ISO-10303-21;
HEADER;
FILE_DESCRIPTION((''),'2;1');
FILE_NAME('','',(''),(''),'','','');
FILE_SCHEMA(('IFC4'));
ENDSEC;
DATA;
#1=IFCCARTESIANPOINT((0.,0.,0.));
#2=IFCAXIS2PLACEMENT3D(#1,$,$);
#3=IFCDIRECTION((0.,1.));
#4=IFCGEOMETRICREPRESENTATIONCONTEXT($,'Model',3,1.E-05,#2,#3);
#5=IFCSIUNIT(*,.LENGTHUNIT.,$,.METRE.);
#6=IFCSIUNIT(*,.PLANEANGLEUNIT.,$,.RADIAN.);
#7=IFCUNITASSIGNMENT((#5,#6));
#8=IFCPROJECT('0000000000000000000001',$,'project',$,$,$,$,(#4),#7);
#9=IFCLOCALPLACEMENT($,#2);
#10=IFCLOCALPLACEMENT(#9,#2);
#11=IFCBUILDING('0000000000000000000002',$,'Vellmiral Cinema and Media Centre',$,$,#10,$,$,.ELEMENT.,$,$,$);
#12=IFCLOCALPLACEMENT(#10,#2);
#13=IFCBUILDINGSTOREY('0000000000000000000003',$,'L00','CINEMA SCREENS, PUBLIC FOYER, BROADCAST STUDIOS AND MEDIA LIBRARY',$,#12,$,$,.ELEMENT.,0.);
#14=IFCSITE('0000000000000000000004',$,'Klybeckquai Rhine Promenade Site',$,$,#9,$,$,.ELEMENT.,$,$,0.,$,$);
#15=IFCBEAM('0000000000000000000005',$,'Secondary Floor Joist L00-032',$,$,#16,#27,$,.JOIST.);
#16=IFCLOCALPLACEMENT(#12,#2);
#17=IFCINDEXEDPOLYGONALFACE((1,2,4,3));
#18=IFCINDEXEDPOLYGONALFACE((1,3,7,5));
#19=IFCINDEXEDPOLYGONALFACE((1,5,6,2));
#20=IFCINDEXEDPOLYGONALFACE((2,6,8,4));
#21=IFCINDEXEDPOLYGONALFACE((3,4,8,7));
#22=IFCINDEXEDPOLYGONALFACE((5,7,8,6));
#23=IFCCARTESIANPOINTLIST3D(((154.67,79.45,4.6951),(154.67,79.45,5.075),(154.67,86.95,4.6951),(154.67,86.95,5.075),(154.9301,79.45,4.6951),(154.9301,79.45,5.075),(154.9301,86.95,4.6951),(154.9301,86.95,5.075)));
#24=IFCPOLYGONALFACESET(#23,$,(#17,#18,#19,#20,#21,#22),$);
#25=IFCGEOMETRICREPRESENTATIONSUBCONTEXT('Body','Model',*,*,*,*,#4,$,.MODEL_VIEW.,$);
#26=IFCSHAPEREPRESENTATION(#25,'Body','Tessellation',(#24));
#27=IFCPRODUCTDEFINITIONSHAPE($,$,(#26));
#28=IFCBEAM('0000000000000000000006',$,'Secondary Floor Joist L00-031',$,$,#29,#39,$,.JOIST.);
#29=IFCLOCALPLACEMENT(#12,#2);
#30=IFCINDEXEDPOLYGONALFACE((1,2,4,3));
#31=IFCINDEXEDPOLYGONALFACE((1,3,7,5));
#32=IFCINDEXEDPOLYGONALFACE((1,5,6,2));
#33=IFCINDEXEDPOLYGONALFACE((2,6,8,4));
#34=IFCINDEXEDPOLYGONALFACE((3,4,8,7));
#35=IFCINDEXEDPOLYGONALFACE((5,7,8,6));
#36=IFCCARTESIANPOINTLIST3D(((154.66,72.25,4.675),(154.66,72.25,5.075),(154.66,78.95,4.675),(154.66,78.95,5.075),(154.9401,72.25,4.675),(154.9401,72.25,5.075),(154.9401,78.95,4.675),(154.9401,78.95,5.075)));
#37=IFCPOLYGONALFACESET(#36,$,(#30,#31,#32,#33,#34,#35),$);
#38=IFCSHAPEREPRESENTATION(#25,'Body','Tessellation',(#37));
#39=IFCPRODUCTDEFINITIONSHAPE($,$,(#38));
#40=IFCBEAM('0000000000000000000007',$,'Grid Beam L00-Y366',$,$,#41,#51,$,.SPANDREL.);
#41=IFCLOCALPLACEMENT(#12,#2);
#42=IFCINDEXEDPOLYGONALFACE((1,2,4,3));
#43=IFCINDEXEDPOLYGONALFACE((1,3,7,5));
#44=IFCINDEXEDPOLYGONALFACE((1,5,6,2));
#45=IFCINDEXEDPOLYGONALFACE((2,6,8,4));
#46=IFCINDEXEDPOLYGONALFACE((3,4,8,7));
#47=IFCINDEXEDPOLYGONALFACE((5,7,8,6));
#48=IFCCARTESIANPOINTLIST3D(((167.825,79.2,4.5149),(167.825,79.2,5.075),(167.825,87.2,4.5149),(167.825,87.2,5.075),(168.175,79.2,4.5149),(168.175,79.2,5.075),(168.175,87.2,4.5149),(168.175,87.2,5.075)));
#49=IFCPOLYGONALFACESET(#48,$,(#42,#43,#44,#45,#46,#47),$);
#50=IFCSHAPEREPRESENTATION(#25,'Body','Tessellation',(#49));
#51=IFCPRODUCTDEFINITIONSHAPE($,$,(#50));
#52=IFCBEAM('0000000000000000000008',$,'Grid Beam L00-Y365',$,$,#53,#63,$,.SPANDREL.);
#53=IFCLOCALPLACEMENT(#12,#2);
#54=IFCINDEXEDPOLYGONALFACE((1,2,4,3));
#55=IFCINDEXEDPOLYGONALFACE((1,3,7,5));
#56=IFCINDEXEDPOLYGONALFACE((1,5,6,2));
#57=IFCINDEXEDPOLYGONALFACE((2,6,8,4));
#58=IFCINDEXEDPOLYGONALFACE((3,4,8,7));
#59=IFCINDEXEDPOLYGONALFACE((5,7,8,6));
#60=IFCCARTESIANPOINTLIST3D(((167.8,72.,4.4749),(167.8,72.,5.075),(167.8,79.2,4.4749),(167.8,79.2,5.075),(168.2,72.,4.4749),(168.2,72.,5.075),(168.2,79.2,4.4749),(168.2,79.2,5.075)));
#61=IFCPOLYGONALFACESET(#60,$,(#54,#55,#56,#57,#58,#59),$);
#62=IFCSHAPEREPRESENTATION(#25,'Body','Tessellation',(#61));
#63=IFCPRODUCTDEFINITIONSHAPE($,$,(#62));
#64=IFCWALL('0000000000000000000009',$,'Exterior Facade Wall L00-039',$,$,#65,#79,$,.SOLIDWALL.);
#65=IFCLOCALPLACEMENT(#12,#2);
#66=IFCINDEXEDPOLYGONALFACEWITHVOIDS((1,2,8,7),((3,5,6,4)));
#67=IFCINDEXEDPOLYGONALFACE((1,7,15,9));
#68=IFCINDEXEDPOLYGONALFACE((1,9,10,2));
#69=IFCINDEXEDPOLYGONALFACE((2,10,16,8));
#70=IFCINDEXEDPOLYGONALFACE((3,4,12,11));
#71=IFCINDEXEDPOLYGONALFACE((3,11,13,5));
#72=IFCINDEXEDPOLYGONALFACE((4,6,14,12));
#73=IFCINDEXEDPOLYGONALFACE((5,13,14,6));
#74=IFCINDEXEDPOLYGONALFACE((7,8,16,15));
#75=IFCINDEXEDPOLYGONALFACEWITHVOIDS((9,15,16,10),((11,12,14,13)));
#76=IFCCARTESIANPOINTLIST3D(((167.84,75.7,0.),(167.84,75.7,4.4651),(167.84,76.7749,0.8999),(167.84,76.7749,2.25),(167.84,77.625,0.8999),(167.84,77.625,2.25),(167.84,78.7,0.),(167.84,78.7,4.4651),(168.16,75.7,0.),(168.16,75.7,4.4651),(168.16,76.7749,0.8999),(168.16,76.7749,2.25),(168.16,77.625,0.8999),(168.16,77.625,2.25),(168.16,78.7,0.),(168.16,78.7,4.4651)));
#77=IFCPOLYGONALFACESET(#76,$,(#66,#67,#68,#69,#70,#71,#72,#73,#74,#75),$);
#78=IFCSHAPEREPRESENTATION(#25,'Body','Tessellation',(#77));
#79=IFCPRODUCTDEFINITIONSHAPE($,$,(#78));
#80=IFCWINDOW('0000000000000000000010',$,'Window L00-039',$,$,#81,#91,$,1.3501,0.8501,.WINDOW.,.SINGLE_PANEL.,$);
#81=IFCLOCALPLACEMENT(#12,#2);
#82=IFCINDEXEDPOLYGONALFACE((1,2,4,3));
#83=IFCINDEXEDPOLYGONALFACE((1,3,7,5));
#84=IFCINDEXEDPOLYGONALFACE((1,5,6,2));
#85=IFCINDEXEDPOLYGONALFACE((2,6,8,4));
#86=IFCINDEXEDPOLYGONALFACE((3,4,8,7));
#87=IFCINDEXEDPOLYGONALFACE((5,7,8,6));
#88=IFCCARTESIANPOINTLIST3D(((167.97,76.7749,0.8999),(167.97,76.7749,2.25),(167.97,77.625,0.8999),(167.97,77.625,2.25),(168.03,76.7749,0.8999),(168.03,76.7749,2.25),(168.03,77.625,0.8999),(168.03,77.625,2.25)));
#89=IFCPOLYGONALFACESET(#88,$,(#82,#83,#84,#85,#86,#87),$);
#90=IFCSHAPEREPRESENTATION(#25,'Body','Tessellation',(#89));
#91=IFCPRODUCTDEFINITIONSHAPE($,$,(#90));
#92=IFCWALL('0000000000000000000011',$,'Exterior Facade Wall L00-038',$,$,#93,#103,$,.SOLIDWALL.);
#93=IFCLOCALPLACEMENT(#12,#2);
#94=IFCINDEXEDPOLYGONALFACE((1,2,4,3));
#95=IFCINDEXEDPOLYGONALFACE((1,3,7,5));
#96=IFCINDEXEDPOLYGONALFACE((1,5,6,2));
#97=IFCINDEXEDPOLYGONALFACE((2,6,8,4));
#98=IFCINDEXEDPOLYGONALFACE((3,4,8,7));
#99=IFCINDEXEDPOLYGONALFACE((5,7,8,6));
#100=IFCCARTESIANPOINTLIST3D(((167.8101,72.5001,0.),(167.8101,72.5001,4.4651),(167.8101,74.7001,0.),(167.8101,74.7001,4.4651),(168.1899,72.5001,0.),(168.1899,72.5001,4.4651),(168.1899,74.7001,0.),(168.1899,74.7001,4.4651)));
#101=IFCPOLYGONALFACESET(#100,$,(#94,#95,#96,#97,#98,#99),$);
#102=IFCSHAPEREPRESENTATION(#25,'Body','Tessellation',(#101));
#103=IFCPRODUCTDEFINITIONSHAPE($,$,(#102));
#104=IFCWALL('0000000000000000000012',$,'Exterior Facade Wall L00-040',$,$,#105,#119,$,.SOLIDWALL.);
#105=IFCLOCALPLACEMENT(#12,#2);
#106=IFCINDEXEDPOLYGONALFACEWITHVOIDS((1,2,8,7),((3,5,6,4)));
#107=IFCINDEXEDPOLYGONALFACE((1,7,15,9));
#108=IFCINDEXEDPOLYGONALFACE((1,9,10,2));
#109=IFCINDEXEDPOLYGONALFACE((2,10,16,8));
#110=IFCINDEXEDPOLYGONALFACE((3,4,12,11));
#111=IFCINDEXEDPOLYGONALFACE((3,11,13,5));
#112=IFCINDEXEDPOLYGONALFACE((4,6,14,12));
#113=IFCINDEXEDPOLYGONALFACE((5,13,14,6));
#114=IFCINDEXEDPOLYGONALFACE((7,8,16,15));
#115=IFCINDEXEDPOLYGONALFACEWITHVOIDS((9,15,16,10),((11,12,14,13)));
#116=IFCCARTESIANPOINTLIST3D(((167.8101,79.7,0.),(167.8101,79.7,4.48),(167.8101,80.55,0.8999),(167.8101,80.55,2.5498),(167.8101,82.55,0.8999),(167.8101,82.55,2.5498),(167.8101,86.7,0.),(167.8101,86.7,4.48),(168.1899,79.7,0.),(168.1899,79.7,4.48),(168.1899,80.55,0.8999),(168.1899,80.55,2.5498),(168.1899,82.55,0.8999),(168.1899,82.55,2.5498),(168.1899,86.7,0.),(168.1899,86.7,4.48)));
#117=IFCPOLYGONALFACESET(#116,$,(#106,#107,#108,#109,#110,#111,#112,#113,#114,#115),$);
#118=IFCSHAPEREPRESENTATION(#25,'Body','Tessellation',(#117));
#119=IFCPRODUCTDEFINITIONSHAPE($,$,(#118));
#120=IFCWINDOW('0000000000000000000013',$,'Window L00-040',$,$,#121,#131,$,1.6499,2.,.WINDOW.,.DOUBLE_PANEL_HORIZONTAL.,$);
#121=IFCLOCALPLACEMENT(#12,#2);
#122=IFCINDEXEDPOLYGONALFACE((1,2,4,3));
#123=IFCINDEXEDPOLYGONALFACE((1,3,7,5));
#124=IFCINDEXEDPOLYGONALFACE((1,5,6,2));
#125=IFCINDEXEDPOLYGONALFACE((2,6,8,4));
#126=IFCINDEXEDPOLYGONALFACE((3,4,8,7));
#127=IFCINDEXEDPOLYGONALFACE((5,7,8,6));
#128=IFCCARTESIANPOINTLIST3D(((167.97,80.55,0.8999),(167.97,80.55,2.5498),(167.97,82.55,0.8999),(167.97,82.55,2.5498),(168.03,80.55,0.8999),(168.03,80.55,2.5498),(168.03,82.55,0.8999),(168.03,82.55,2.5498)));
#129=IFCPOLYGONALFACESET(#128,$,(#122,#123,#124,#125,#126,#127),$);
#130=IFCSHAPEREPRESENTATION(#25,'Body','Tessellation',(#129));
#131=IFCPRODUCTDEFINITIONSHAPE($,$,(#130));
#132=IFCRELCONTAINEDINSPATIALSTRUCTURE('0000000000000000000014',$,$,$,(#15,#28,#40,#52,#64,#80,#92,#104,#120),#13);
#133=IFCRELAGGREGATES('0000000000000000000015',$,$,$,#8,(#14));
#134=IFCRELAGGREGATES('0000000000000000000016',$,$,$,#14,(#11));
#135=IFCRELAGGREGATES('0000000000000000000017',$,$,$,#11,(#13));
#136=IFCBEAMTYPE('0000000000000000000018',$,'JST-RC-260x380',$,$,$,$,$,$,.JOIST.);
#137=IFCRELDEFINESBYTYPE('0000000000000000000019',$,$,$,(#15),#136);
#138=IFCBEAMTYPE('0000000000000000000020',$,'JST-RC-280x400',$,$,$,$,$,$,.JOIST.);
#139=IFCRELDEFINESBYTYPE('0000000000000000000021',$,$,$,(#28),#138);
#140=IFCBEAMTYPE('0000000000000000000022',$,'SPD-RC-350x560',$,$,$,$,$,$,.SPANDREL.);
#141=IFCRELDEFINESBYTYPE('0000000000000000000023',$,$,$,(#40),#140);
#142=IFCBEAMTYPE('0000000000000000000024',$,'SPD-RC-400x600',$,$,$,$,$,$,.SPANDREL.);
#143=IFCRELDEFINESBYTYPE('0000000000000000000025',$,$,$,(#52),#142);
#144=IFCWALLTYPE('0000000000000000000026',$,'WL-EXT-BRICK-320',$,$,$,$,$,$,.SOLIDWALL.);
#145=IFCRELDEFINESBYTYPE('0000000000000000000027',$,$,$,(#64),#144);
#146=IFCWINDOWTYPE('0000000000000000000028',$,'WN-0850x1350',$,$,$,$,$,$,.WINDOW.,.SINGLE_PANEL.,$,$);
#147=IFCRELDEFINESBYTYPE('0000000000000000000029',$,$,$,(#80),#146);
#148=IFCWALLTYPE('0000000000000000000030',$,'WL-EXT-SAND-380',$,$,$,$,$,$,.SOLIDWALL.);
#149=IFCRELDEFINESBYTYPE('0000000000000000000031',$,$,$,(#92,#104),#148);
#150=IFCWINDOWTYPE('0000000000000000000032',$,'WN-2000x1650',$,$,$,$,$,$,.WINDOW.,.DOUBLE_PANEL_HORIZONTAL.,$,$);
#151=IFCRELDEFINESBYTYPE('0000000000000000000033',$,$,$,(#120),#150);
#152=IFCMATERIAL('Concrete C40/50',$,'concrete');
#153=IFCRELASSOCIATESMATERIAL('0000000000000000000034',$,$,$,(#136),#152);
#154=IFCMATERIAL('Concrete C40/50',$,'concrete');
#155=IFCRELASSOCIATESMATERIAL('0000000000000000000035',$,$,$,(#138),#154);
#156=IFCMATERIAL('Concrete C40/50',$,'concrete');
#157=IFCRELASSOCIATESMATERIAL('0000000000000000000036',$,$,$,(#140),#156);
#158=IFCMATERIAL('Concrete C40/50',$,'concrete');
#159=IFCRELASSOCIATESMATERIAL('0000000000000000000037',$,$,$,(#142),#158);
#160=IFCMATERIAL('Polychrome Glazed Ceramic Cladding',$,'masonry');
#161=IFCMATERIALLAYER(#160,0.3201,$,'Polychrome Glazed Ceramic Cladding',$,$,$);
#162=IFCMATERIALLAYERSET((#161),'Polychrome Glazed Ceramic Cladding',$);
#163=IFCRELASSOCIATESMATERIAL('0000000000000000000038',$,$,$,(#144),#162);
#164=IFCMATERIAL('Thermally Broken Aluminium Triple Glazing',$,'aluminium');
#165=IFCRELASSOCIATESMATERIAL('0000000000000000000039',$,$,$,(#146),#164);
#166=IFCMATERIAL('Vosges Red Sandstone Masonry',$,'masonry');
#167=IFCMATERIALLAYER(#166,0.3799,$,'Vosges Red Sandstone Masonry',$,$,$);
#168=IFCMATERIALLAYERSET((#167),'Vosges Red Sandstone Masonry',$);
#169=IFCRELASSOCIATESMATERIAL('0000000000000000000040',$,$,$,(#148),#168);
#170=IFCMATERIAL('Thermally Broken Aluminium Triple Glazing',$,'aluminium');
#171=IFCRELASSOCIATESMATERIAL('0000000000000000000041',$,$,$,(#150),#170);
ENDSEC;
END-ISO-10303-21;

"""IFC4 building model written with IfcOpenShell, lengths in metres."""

from ifc_helpers import new_model, si_unit, direction, frame, frame_2d, origin, origin_2d, place, context, subcontext, project, spatial, rectangle, extrude, material, layer, layer_set, material_profile, profile_set, type_object, element, fill, save


model = new_model("IFC4")

# Units and contexts
model_context = context("Model", 3, precision=1e-05, world=origin(), true_north=direction((0.0, 1.0)))
body_context = subcontext(model_context, "Body", "Model", "MODEL_VIEW")
ifc_project = project(units=[si_unit("LENGTHUNIT", "METRE"), si_unit("PLANEANGLEUNIT", "RADIAN")], contexts=[model_context])

# Site, building, storey
site_placement = place(None, origin())
site = spatial("IfcSite", under=ifc_project, at=site_placement, Name="Klybeckquai Rhine Promenade Site", CompositionType="ELEMENT", RefElevation=0.0)
building_placement = place(site_placement, origin())
building = spatial("IfcBuilding", under=site, at=building_placement, Name="Vellmiral Cinema and Media Centre", CompositionType="ELEMENT")
storey_placement = place(building_placement, origin())
storey = spatial("IfcBuildingStorey", under=building, at=storey_placement, Name="L00", Description="CINEMA SCREENS, PUBLIC FOYER, BROADCAST STUDIOS AND MEDIA LIBRARY", CompositionType="ELEMENT", Elevation=0.0)

# Beams
ifc_material_1 = material(Name="Concrete C40/50", Category="concrete")
ifc_material_profile_1 = material_profile(ifc_material_1, rectangle(XDim=0.26, YDim=0.3799, at=origin_2d()), Name="RC 260x380")
ifc_profile_set_1 = profile_set([ifc_material_profile_1], Name="Concrete C40/50")
beam_type_1 = type_object("IfcBeamType", Name="JST-RC-260x380", PredefinedType="JOIST", material=ifc_profile_set_1)
beam_1_placement = place(storey_placement, frame((154.8, 79.45, 4.885), z_axis=(0.0, 1.0, 0.0), x_axis=(-1.0, 0.0, 0.0)))
element("IfcBeam", 1, at=beam_1_placement, inside=storey, type_object=beam_type_1, Name="Secondary Floor Joist L00-032", PredefinedType="JOIST", context=body_context, shape_type="SweptSolid", body=[
    extrude(rectangle(XDim=0.26, YDim=0.3799, at=origin_2d()), origin(), (0.0, 0.0, 1.0), 7.5),
])
ifc_material_2 = material(Name="Concrete C40/50", Category="concrete")
ifc_material_profile_2 = material_profile(ifc_material_2, rectangle(XDim=0.28, YDim=0.3999, at=origin_2d()), Name="RC 280x400")
ifc_profile_set_2 = profile_set([ifc_material_profile_2], Name="Concrete C40/50")
beam_type_2 = type_object("IfcBeamType", Name="JST-RC-280x400", PredefinedType="JOIST", material=ifc_profile_set_2)
beam_2_placement = place(storey_placement, frame((154.8, 72.25, 4.875), z_axis=(0.0, 1.0, 0.0), x_axis=(-1.0, 0.0, 0.0)))
element("IfcBeam", 2, at=beam_2_placement, inside=storey, type_object=beam_type_2, Name="Secondary Floor Joist L00-031", PredefinedType="JOIST", context=body_context, shape_type="SweptSolid", body=[
    extrude(rectangle(XDim=0.28, YDim=0.3999, at=origin_2d()), origin(), (0.0, 0.0, 1.0), 6.7),
])
ifc_material_3 = material(Name="Concrete C40/50", Category="concrete")
ifc_material_profile_3 = material_profile(ifc_material_3, rectangle(XDim=0.3501, YDim=0.5601, at=origin_2d()), Name="RC 350x560")
ifc_profile_set_3 = profile_set([ifc_material_profile_3], Name="Concrete C40/50")
beam_type_3 = type_object("IfcBeamType", Name="SPD-RC-350x560", PredefinedType="SPANDREL", material=ifc_profile_set_3)
beam_3_placement = place(storey_placement, frame((168.0, 79.2, 4.7949), z_axis=(0.0, 1.0, 0.0), x_axis=(-1.0, 0.0, 0.0)))
element("IfcBeam", 3, at=beam_3_placement, inside=storey, type_object=beam_type_3, Name="Grid Beam L00-Y366", PredefinedType="SPANDREL", context=body_context, shape_type="SweptSolid", body=[
    extrude(rectangle(XDim=0.3501, YDim=0.5601, at=origin_2d()), origin(), (0.0, 0.0, 1.0), 8.0),
])
ifc_material_4 = material(Name="Concrete C40/50", Category="concrete")
ifc_material_profile_4 = material_profile(ifc_material_4, rectangle(XDim=0.3999, YDim=0.6001, at=origin_2d()), Name="RC 400x600")
ifc_profile_set_4 = profile_set([ifc_material_profile_4], Name="Concrete C40/50")
beam_type_4 = type_object("IfcBeamType", Name="SPD-RC-400x600", PredefinedType="SPANDREL", material=ifc_profile_set_4)
beam_4_placement = place(storey_placement, frame((168.0, 72.0, 4.7749), z_axis=(0.0, 1.0, 0.0), x_axis=(-1.0, 0.0, 0.0)))
element("IfcBeam", 4, at=beam_4_placement, inside=storey, type_object=beam_type_4, Name="Grid Beam L00-Y365", PredefinedType="SPANDREL", context=body_context, shape_type="SweptSolid", body=[
    extrude(rectangle(XDim=0.3999, YDim=0.6001, at=origin_2d()), origin(), (0.0, 0.0, 1.0), 7.2),
])

# Wall, opening, window
ifc_material_5 = material(Name="Polychrome Glazed Ceramic Cladding", Category="masonry")
ifc_layer_1 = layer(ifc_material_5, 0.3201, Name="Polychrome Glazed Ceramic Cladding")
ifc_layer_set_1 = layer_set([ifc_layer_1], Name="Polychrome Glazed Ceramic Cladding")
wall_type_1 = type_object("IfcWallType", Name="WL-EXT-BRICK-320", PredefinedType="SOLIDWALL", material=ifc_layer_set_1)
wall_1_placement = place(storey_placement, frame((168.0, 75.7, 0.0), z_axis=(0.0, 0.0, 1.0), x_axis=(0.0, 1.0, 0.0)))
wall_1 = element("IfcWall", 5, at=wall_1_placement, inside=storey, type_object=wall_type_1, Name="Exterior Facade Wall L00-039", PredefinedType="SOLIDWALL", context=body_context, shape_type="SweptSolid", body=[
    extrude(rectangle(XDim=3.0, YDim=0.3201, at=frame_2d((1.5, 0.0))), origin(), (0.0, 0.0, 1.0), 4.4651),
])
opening_1_placement = place(wall_1_placement, frame((1.075, 0.0, 0.8999)))
opening_1 = element("IfcOpeningElement", 6, at=opening_1_placement, cuts=wall_1, PredefinedType="OPENING", context=body_context, shape_type="SweptSolid", body=[
    extrude(rectangle(XDim=0.8501, YDim=1.3501, at=frame_2d((0.425, 0.675))), frame((0.0, 0.1719, 0.0), z_axis=(0.0, -1.0, 0.0), x_axis=(1.0, 0.0, 0.0)), (0.0, 0.0, 1.0), 0.344),
])
ifc_material_6 = material(Name="Thermally Broken Aluminium Triple Glazing", Category="aluminium")
window_type_1 = type_object("IfcWindowType", Name="WN-0850x1350", PartitioningType="SINGLE_PANEL", PredefinedType="WINDOW", material=ifc_material_6)
window_1_placement = place(opening_1_placement, origin())
window_1 = element("IfcWindow", 7, at=window_1_placement, inside=storey, type_object=window_type_1, Name="Window L00-039", OverallHeight=1.3501, OverallWidth=0.8501, PartitioningType="SINGLE_PANEL", PredefinedType="WINDOW", context=body_context, shape_type="SweptSolid", body=[
    extrude(rectangle(XDim=0.8501, YDim=1.3501, at=frame_2d((0.425, 0.675))), frame((0.0, 0.03, 0.0), z_axis=(0.0, -1.0, 0.0), x_axis=(1.0, 0.0, 0.0)), (0.0, 0.0, 1.0), 0.0601),
])
fill(opening_1, window_1)

# Wall
ifc_material_7 = material(Name="Vosges Red Sandstone Masonry", Category="masonry")
ifc_layer_2 = layer(ifc_material_7, 0.3799, Name="Vosges Red Sandstone Masonry")
ifc_layer_set_2 = layer_set([ifc_layer_2], Name="Vosges Red Sandstone Masonry")
wall_type_2 = type_object("IfcWallType", Name="WL-EXT-SAND-380", PredefinedType="SOLIDWALL", material=ifc_layer_set_2)
wall_2_placement = place(storey_placement, frame((168.0, 72.5, 0.0), z_axis=(0.0, 0.0, 1.0), x_axis=(0.0, 1.0, 0.0)))
element("IfcWall", 8, at=wall_2_placement, inside=storey, type_object=wall_type_2, Name="Exterior Facade Wall L00-038", PredefinedType="SOLIDWALL", context=body_context, shape_type="SweptSolid", body=[
    extrude(rectangle(XDim=2.2, YDim=0.3799, at=frame_2d((1.1001, 0.0))), origin(), (0.0, 0.0, 1.0), 4.4651),
])

# Wall, opening, window
wall_3_placement = place(storey_placement, frame((168.0, 79.7, 0.0), z_axis=(0.0, 0.0, 1.0), x_axis=(0.0, 1.0, 0.0)))
wall_3 = element("IfcWall", 9, at=wall_3_placement, inside=storey, type_object=wall_type_2, Name="Exterior Facade Wall L00-040", PredefinedType="SOLIDWALL", context=body_context, shape_type="SweptSolid", body=[
    extrude(rectangle(XDim=7.0, YDim=0.3799, at=frame_2d((3.5, 0.0))), origin(), (0.0, 0.0, 1.0), 4.48),
])
opening_2_placement = place(wall_3_placement, frame((0.8501, 0.0, 0.8999)))
opening_2 = element("IfcOpeningElement", 10, at=opening_2_placement, cuts=wall_3, PredefinedType="OPENING", context=body_context, shape_type="SweptSolid", body=[
    extrude(rectangle(XDim=2.0, YDim=1.6499, at=frame_2d((1.0, 0.825))), frame((0.0, 0.2019, 0.0), z_axis=(0.0, -1.0, 0.0), x_axis=(1.0, 0.0, 0.0)), (0.0, 0.0, 1.0), 0.4038),
])
ifc_material_8 = material(Name="Thermally Broken Aluminium Triple Glazing", Category="aluminium")
window_type_2 = type_object("IfcWindowType", Name="WN-2000x1650", PartitioningType="DOUBLE_PANEL_HORIZONTAL", PredefinedType="WINDOW", material=ifc_material_8)
window_2_placement = place(opening_2_placement, origin())
window_2 = element("IfcWindow", 11, at=window_2_placement, inside=storey, type_object=window_type_2, Name="Window L00-040", OverallHeight=1.6499, OverallWidth=2.0, PartitioningType="DOUBLE_PANEL_HORIZONTAL", PredefinedType="WINDOW", context=body_context, shape_type="SweptSolid", body=[
    extrude(rectangle(XDim=2.0, YDim=1.6499, at=frame_2d((1.0, 0.825))), frame((0.0, 0.03, 0.0), z_axis=(0.0, -1.0, 0.0), x_axis=(1.0, 0.0, 0.0)), (0.0, 0.0, 1.0), 0.0601),
])
fill(opening_2, window_2)

save(model, "model.ifc")
